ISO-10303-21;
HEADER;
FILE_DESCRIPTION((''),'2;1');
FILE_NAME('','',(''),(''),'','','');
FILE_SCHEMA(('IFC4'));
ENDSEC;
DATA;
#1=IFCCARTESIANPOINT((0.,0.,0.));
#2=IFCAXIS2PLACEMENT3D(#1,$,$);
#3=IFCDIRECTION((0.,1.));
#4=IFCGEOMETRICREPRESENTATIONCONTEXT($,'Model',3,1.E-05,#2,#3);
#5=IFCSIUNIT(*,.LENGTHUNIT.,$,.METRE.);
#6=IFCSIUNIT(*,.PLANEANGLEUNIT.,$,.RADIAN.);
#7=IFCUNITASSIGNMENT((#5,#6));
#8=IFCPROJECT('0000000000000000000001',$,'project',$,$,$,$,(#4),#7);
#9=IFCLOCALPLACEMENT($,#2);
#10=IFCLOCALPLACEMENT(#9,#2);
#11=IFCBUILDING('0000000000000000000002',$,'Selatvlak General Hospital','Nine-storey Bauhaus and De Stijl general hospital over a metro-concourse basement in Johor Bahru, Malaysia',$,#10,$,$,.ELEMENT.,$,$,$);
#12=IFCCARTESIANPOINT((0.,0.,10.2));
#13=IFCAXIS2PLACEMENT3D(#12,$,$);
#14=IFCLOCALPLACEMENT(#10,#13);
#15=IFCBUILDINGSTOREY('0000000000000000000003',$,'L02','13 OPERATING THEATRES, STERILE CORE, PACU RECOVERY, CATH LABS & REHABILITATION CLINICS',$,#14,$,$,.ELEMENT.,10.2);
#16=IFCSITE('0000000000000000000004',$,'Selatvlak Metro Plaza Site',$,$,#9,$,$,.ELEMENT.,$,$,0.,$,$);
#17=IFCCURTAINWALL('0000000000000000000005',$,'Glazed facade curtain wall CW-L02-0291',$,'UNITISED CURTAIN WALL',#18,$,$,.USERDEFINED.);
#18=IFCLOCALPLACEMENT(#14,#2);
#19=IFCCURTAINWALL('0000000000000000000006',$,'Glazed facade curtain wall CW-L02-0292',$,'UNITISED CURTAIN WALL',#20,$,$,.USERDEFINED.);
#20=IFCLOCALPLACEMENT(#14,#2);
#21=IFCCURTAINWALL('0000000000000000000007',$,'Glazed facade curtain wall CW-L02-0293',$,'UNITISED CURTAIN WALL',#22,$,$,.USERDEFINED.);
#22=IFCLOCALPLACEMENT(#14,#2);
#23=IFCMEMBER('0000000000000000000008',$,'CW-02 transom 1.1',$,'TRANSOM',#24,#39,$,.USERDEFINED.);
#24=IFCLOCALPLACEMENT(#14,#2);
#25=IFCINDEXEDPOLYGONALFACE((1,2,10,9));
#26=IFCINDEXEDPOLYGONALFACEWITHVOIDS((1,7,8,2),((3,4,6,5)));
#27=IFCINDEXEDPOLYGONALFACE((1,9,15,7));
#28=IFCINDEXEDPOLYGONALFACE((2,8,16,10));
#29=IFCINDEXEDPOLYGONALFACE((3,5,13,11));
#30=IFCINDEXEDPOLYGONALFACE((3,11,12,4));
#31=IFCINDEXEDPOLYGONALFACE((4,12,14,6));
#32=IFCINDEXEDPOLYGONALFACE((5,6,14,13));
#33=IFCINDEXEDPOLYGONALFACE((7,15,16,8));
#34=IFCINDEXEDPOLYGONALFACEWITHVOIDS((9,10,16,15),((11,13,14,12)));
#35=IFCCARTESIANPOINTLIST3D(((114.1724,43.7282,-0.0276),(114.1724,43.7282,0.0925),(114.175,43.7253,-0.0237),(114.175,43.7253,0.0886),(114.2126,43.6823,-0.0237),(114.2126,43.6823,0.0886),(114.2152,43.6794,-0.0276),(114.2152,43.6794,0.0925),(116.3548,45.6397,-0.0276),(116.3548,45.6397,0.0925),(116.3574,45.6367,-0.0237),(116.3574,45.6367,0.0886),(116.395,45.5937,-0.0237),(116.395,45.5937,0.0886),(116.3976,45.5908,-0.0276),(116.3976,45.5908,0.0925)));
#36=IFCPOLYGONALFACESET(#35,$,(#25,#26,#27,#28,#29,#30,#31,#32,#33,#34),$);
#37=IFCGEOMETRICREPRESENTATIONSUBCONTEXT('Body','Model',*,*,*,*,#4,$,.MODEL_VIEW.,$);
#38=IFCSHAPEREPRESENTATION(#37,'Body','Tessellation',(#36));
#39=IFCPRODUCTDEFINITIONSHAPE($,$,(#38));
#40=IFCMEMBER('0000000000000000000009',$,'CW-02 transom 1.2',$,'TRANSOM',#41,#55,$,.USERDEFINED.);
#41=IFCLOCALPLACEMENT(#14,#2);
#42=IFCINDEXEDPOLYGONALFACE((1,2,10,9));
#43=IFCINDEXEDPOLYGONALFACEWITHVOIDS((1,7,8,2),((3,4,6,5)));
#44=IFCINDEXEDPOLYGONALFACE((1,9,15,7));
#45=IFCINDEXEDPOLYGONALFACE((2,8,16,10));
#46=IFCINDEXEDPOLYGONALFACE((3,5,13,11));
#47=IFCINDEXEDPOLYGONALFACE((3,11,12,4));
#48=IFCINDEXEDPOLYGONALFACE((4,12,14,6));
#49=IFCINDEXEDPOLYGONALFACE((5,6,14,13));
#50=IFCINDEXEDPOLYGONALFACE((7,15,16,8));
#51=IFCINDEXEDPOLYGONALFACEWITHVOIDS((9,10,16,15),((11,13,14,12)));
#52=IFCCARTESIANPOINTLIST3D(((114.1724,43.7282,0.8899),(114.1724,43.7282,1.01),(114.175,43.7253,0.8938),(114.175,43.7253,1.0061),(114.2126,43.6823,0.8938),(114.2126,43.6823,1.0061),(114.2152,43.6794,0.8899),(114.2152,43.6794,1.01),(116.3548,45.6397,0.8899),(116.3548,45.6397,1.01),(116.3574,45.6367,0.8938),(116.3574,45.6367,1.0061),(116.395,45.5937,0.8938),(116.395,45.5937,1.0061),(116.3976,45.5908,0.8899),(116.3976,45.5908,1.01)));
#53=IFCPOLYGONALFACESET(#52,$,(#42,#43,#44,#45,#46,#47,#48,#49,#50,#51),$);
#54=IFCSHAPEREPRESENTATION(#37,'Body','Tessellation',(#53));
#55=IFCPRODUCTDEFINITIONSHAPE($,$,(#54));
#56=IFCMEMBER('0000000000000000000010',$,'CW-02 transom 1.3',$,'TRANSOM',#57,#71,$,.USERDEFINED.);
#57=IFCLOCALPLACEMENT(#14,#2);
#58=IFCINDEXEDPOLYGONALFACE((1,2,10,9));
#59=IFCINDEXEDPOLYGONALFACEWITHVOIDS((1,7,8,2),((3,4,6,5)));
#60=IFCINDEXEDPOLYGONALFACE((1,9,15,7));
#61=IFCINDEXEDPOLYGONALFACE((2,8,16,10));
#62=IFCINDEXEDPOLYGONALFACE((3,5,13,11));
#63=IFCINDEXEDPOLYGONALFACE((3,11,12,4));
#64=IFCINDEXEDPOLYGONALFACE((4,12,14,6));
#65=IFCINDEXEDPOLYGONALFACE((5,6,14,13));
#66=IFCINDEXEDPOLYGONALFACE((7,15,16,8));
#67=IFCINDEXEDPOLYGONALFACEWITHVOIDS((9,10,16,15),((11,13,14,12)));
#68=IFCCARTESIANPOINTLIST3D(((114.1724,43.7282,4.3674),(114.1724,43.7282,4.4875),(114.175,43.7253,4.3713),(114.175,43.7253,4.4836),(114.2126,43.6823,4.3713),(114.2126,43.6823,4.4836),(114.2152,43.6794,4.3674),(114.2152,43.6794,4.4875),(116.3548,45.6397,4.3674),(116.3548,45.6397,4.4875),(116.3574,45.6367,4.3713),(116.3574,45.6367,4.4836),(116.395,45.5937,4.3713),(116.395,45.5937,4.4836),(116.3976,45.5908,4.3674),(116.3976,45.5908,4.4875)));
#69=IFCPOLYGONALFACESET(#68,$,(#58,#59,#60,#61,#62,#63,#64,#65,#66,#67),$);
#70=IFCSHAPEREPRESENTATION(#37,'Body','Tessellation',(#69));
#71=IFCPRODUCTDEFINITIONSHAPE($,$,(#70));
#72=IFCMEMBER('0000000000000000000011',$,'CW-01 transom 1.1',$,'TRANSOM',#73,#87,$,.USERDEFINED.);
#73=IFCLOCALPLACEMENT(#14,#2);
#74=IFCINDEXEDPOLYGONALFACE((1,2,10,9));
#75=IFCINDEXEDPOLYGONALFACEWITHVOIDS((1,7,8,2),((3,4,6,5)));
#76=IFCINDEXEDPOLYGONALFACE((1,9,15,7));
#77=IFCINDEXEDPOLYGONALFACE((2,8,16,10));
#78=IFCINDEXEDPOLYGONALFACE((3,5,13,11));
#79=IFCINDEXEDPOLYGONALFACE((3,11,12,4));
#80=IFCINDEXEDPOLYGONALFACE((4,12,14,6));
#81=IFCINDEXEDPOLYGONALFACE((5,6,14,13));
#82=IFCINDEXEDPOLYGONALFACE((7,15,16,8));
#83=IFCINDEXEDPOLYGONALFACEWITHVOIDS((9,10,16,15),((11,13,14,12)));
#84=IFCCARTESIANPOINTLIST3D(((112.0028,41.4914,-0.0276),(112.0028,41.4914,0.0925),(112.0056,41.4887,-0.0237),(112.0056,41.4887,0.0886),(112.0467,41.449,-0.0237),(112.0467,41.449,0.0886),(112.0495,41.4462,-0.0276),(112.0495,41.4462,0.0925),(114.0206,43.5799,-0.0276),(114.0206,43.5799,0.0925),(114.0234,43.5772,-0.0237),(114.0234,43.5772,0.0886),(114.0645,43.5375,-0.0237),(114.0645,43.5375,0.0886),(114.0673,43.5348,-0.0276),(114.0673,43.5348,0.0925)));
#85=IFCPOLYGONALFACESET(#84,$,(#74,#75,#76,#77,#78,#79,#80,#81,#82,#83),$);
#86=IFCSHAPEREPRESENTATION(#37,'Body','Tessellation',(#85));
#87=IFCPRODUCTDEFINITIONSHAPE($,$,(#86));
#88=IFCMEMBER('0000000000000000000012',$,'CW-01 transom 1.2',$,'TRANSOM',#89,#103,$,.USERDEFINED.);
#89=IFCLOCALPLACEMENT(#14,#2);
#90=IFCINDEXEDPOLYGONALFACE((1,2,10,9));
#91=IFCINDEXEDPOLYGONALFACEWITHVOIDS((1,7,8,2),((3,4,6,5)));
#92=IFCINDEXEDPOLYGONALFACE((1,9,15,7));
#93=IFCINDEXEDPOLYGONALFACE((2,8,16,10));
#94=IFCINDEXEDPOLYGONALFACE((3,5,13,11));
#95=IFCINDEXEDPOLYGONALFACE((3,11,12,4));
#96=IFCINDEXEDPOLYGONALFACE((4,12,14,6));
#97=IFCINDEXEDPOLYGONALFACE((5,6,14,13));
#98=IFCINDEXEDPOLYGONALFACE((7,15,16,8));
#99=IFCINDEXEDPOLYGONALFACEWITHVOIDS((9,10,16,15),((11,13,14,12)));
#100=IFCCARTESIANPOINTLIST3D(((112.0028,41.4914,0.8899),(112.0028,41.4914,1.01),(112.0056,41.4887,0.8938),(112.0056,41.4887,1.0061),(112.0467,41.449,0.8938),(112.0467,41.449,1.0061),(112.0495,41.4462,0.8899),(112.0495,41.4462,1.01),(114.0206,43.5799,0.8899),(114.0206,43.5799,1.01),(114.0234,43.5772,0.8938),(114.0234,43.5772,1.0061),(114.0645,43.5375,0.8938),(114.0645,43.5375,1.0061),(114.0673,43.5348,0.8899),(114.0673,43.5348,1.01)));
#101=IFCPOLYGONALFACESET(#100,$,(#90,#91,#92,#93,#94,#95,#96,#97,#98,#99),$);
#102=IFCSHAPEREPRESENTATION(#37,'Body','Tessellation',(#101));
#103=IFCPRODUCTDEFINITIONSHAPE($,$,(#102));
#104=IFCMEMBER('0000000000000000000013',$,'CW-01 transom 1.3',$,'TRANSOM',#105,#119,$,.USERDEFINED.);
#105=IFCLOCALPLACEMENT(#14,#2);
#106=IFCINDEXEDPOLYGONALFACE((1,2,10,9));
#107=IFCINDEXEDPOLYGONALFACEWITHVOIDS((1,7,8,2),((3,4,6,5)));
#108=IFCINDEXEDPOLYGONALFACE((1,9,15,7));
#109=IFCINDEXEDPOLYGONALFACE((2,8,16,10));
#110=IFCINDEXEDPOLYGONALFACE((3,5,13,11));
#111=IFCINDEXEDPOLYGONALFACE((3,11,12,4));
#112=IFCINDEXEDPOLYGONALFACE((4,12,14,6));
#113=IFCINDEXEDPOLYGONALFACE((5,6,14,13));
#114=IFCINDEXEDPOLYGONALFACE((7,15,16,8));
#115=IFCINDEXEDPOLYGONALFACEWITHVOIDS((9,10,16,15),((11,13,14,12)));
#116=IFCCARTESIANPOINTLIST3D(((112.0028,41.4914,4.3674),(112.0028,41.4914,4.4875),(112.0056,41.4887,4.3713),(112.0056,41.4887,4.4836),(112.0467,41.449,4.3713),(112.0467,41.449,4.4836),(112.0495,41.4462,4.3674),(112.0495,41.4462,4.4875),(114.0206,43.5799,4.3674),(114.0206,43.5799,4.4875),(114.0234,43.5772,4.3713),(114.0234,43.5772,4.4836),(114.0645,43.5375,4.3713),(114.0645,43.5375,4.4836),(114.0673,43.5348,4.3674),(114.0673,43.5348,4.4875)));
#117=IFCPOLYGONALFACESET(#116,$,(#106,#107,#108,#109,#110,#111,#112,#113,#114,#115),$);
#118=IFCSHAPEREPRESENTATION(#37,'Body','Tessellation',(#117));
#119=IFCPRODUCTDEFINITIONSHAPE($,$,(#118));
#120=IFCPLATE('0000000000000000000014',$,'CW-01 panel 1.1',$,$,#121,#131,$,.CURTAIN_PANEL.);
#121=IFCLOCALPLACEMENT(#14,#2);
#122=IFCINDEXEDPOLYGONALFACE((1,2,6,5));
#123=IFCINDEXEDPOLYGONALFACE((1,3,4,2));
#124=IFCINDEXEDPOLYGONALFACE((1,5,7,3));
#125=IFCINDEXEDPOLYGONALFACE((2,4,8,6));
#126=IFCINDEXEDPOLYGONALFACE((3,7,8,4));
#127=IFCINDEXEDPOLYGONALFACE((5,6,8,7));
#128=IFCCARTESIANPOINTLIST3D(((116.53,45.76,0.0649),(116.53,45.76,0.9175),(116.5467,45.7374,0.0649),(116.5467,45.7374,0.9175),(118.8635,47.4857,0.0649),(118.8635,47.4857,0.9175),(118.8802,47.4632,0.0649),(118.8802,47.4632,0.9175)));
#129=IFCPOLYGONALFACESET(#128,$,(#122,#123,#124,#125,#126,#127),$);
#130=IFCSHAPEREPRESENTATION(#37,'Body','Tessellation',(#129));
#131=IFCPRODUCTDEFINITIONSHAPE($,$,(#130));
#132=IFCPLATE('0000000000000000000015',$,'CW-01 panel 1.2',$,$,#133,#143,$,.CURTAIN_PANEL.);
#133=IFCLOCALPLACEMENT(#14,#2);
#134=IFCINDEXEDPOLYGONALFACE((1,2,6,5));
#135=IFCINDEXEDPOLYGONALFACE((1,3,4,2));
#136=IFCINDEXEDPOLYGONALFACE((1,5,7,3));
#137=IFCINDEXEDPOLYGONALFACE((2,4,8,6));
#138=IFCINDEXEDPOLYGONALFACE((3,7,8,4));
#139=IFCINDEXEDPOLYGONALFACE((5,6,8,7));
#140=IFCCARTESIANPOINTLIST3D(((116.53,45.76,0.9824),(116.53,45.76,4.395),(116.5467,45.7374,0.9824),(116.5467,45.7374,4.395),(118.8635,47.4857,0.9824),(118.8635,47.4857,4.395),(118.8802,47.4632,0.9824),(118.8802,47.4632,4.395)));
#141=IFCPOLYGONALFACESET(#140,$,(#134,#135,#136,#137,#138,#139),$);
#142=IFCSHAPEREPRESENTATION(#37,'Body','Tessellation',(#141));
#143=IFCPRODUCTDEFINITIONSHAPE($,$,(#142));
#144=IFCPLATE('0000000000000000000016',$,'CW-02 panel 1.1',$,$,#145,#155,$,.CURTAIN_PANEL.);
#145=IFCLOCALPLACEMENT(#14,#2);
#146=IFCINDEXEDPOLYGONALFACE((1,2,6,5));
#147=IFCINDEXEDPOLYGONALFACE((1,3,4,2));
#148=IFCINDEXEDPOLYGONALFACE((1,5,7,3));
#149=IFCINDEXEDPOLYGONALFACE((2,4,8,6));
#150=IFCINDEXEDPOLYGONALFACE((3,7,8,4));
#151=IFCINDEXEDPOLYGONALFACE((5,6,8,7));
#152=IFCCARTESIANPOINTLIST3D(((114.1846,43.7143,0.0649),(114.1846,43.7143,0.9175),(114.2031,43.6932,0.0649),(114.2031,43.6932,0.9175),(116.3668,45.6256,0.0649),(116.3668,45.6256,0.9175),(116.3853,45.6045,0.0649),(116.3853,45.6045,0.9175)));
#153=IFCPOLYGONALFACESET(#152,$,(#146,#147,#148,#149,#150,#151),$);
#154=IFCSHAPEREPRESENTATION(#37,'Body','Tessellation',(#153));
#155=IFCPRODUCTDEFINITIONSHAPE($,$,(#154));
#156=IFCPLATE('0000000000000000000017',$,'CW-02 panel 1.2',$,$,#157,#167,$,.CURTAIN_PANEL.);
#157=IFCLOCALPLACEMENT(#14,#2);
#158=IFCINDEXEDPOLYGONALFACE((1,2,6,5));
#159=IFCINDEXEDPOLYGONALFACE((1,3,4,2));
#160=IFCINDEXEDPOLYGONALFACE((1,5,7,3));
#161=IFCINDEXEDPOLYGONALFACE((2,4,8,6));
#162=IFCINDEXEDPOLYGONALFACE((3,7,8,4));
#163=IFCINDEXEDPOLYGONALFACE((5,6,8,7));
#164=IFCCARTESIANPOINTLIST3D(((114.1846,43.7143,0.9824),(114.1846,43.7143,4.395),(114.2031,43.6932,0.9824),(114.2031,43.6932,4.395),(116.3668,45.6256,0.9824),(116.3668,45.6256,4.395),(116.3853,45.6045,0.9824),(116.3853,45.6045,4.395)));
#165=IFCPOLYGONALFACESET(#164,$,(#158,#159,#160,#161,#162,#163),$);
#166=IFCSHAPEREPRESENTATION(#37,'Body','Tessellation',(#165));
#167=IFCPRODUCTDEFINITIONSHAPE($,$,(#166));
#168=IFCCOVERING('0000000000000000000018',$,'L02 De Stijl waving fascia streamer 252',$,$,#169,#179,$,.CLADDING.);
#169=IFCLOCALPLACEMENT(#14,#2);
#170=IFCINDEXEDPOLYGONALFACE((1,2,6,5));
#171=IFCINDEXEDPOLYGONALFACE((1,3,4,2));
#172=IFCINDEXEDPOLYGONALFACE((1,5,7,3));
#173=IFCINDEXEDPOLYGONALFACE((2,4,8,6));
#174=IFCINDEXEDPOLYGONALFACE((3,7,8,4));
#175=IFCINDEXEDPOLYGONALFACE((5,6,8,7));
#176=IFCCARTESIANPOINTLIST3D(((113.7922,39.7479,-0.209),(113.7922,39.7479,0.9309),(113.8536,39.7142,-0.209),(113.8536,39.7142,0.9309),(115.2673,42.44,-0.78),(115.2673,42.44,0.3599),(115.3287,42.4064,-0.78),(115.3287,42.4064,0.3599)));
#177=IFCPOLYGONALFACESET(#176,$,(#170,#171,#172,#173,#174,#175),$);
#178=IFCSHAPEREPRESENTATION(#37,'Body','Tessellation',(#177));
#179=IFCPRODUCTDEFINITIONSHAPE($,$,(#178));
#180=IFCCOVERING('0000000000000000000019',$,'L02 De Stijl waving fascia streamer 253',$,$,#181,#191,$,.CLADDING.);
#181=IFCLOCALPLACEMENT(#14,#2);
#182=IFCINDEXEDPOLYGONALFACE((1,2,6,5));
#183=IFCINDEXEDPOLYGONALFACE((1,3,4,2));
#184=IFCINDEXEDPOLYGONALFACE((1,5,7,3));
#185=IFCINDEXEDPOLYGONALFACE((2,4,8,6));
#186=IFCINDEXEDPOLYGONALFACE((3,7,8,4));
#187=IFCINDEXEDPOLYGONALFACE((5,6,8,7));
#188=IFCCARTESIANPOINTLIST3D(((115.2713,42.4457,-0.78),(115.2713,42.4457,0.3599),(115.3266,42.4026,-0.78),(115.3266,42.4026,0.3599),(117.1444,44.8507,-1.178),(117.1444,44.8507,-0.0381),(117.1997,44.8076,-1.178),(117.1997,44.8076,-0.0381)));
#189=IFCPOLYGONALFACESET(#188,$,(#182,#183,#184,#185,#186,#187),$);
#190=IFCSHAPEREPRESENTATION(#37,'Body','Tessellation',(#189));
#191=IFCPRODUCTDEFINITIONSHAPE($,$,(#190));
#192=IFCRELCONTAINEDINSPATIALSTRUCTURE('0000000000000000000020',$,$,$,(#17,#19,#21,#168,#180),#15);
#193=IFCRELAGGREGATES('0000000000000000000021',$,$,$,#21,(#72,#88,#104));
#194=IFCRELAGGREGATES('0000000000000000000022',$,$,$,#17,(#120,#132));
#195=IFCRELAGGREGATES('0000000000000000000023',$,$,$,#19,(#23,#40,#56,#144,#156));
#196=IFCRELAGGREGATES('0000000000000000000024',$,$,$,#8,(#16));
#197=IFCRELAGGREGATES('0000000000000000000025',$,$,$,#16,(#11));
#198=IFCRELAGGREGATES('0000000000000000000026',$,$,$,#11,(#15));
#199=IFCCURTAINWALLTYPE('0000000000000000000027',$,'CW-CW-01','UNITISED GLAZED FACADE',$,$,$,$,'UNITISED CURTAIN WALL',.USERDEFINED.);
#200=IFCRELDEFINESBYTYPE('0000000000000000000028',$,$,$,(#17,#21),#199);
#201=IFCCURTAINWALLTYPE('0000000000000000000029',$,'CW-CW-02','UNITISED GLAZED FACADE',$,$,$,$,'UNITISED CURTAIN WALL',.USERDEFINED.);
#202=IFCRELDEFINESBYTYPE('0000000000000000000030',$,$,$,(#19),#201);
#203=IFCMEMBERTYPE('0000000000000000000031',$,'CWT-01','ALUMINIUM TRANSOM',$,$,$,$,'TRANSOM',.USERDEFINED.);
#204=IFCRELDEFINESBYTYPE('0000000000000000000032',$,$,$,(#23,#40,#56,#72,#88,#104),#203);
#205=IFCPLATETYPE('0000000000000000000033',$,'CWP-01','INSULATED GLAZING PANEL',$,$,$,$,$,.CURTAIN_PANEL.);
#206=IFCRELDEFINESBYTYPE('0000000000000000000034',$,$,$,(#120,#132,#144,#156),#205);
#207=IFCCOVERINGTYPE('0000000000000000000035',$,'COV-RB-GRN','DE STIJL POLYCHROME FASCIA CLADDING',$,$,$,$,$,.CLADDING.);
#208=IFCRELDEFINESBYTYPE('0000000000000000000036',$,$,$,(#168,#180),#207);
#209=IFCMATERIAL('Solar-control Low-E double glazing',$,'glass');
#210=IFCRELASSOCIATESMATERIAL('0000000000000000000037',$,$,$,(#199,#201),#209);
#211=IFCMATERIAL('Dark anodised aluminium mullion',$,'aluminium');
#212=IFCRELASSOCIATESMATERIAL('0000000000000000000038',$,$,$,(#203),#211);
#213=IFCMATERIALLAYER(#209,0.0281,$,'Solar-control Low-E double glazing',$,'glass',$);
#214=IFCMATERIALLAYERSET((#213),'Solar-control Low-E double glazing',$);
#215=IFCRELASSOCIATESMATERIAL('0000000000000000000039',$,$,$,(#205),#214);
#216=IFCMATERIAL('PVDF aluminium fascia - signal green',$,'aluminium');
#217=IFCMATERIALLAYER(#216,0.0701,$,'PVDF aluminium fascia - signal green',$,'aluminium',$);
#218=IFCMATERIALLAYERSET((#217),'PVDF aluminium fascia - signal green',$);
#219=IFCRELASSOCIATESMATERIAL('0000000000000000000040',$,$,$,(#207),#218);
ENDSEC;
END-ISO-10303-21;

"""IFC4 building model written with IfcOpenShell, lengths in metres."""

from ifc_helpers import new_model, si_unit, direction, frame, origin, origin_2d, place, context, subcontext, project, spatial, polyline, rectangle, hollow_rectangle, outline, extrude, material, layer, layer_set, material_profile, profile_set, type_object, element, aggregate, save


model = new_model("IFC4")

# Units and contexts
model_context = context("Model", 3, precision=1e-05, world=origin(), true_north=direction((0.0, 1.0)))
body_context = subcontext(model_context, "Body", "Model", "MODEL_VIEW")
ifc_project = project(units=[si_unit("LENGTHUNIT", "METRE"), si_unit("PLANEANGLEUNIT", "RADIAN")], contexts=[model_context])

# Site, building, storey
site_placement = place(None, origin())
site = spatial("IfcSite", under=ifc_project, at=site_placement, Name="Selatvlak Metro Plaza Site", CompositionType="ELEMENT", RefElevation=0.0)
building_placement = place(site_placement, origin())
building = spatial("IfcBuilding", under=site, at=building_placement, Name="Selatvlak General Hospital", Description="Nine-storey Bauhaus and De Stijl general hospital over a metro-concourse basement in Johor Bahru, Malaysia", CompositionType="ELEMENT")
storey_placement = place(building_placement, frame((0.0, 0.0, 10.2)))
storey = spatial("IfcBuildingStorey", under=building, at=storey_placement, Name="L02", Description="13 OPERATING THEATRES, STERILE CORE, PACU RECOVERY, CATH LABS & REHABILITATION CLINICS", CompositionType="ELEMENT", Elevation=10.2)

# Curtain walls
ifc_material_1 = material(Name="Solar-control Low-E double glazing", Category="glass")
curtain_wall_type_1 = type_object("IfcCurtainWallType", Name="CW-CW-01", Description="UNITISED GLAZED FACADE", ElementType="UNITISED CURTAIN WALL", PredefinedType="USERDEFINED", material=ifc_material_1)
curtain_wall_1_placement = place(storey_placement, origin())
curtain_wall_1 = element("IfcCurtainWall", 1, at=curtain_wall_1_placement, inside=storey, type_object=curtain_wall_type_1, Name="Glazed facade curtain wall CW-L02-0291", ObjectType="UNITISED CURTAIN WALL", PredefinedType="USERDEFINED")
ifc_material_2 = material(Name="Dark anodised aluminium mullion", Category="aluminium")
curtain_wall_type_2 = type_object("IfcCurtainWallType", Name="CW-CW-02", Description="UNITISED GLAZED FACADE", ElementType="UNITISED CURTAIN WALL", PredefinedType="USERDEFINED", material=ifc_material_1)
curtain_wall_2_placement = place(storey_placement, origin())
curtain_wall_2 = element("IfcCurtainWall", 2, at=curtain_wall_2_placement, inside=storey, type_object=curtain_wall_type_2, Name="Glazed facade curtain wall CW-L02-0292", ObjectType="UNITISED CURTAIN WALL", PredefinedType="USERDEFINED")

# Curtain wall
curtain_wall_3_placement = place(storey_placement, origin())
curtain_wall_3 = element("IfcCurtainWall", 3, at=curtain_wall_3_placement, inside=storey, type_object=curtain_wall_type_1, Name="Glazed facade curtain wall CW-L02-0293", ObjectType="UNITISED CURTAIN WALL", PredefinedType="USERDEFINED")

# Members
ifc_material_profile_1 = material_profile(ifc_material_2, hollow_rectangle(XDim=0.0649, YDim=0.1201, WallThickness=0.0039, at=origin_2d()), Name="AL-TRN 65x120x4")
ifc_profile_set_1 = profile_set([ifc_material_profile_1], Name="Dark anodised aluminium mullion")
member_type_1 = type_object("IfcMemberType", Name="CWT-01", Description="ALUMINIUM TRANSOM", ElementType="TRANSOM", PredefinedType="USERDEFINED", material=ifc_profile_set_1)
member_1_placement = place(storey_placement, frame((116.3762, 45.6152, 0.0325), z_axis=(-0.752269, -0.658856, 0.0), x_axis=(0.658856, -0.752269, 0.0)))
member_1 = element("IfcMember", 4, at=member_1_placement, type_object=member_type_1, Name="CW-02 transom 1.1", ObjectType="TRANSOM", PredefinedType="USERDEFINED", context=body_context, shape_type="SweptSolid", body=[
    extrude(hollow_rectangle(XDim=0.0649, YDim=0.1201, WallThickness=0.0039, at=origin_2d()), origin(), (0.0, 0.0, 1.0), 2.9011),
])
member_2_placement = place(storey_placement, frame((116.3762, 45.6152, 0.95), z_axis=(-0.752269, -0.658856, 0.0), x_axis=(0.658856, -0.752269, 0.0)))
member_2 = element("IfcMember", 5, at=member_2_placement, type_object=member_type_1, Name="CW-02 transom 1.2", ObjectType="TRANSOM", PredefinedType="USERDEFINED", context=body_context, shape_type="SweptSolid", body=[
    extrude(hollow_rectangle(XDim=0.0649, YDim=0.1201, WallThickness=0.0039, at=origin_2d()), origin(), (0.0, 0.0, 1.0), 2.9011),
])
member_3_placement = place(storey_placement, frame((116.3762, 45.6152, 4.4275), z_axis=(-0.752269, -0.658856, 0.0), x_axis=(0.658856, -0.752269, 0.0)))
member_3 = element("IfcMember", 6, at=member_3_placement, type_object=member_type_1, Name="CW-02 transom 1.3", ObjectType="TRANSOM", PredefinedType="USERDEFINED", context=body_context, shape_type="SweptSolid", body=[
    extrude(hollow_rectangle(XDim=0.0649, YDim=0.1201, WallThickness=0.0039, at=origin_2d()), origin(), (0.0, 0.0, 1.0), 2.9011),
])
member_4_placement = place(storey_placement, frame((114.0439, 43.5574, 0.0325), z_axis=(-0.694812, -0.719191, 0.0), x_axis=(0.719191, -0.694812, 0.0)))
member_4 = element("IfcMember", 7, at=member_4_placement, type_object=member_type_1, Name="CW-01 transom 1.1", ObjectType="TRANSOM", PredefinedType="USERDEFINED", context=body_context, shape_type="SweptSolid", body=[
    extrude(hollow_rectangle(XDim=0.0649, YDim=0.1201, WallThickness=0.0039, at=origin_2d()), origin(), (0.0, 0.0, 1.0), 2.9041),
])
member_5_placement = place(storey_placement, frame((114.0439, 43.5574, 0.95), z_axis=(-0.694812, -0.719191, 0.0), x_axis=(0.719191, -0.694812, 0.0)))
member_5 = element("IfcMember", 8, at=member_5_placement, type_object=member_type_1, Name="CW-01 transom 1.2", ObjectType="TRANSOM", PredefinedType="USERDEFINED", context=body_context, shape_type="SweptSolid", body=[
    extrude(hollow_rectangle(XDim=0.0649, YDim=0.1201, WallThickness=0.0039, at=origin_2d()), origin(), (0.0, 0.0, 1.0), 2.9041),
])
member_6_placement = place(storey_placement, frame((114.0439, 43.5574, 4.4275), z_axis=(-0.694812, -0.719191, 0.0), x_axis=(0.719191, -0.694812, 0.0)))
member_6 = element("IfcMember", 9, at=member_6_placement, type_object=member_type_1, Name="CW-01 transom 1.3", ObjectType="TRANSOM", PredefinedType="USERDEFINED", context=body_context, shape_type="SweptSolid", body=[
    extrude(hollow_rectangle(XDim=0.0649, YDim=0.1201, WallThickness=0.0039, at=origin_2d()), origin(), (0.0, 0.0, 1.0), 2.9041),
])
aggregate(curtain_wall_3, [member_4, member_5, member_6])

# Plates
ifc_layer_1 = layer(ifc_material_1, 0.0281, Name="Solar-control Low-E double glazing", Category="glass")
ifc_layer_set_1 = layer_set([ifc_layer_1], Name="Solar-control Low-E double glazing")
plate_type = type_object("IfcPlateType", Name="CWP-01", Description="INSULATED GLAZING PANEL", PredefinedType="CURTAIN_PANEL", material=ifc_layer_set_1)
plate_1_placement = place(storey_placement, frame((117.7051, 46.6116, 0.0649), z_axis=(0.0, 0.0, 1.0), x_axis=(-0.804018, -0.594604, 0.0)))
plate_1 = element("IfcPlate", 10, at=plate_1_placement, type_object=plate_type, Name="CW-01 panel 1.1", PredefinedType="CURTAIN_PANEL", context=body_context, shape_type="SweptSolid", body=[
    extrude(rectangle(XDim=2.9023, YDim=0.0281, at=origin_2d()), origin(), (0.0, 0.0, 1.0), 0.8525),
])
plate_2_placement = place(storey_placement, frame((117.7051, 46.6116, 0.9824), z_axis=(0.0, 0.0, 1.0), x_axis=(-0.804018, -0.594604, 0.0)))
plate_2 = element("IfcPlate", 11, at=plate_2_placement, type_object=plate_type, Name="CW-01 panel 1.2", PredefinedType="CURTAIN_PANEL", context=body_context, shape_type="SweptSolid", body=[
    extrude(rectangle(XDim=2.9023, YDim=0.0281, at=origin_2d()), origin(), (0.0, 0.0, 1.0), 3.4126),
])
aggregate(curtain_wall_1, [plate_1, plate_2])
plate_3_placement = place(storey_placement, frame((115.2849, 44.6594, 0.0649), z_axis=(0.0, 0.0, 1.0), x_axis=(-0.75225, -0.658878, 0.0)))
plate_3 = element("IfcPlate", 12, at=plate_3_placement, type_object=plate_type, Name="CW-02 panel 1.1", PredefinedType="CURTAIN_PANEL", context=body_context, shape_type="SweptSolid", body=[
    extrude(rectangle(XDim=2.9009, YDim=0.0281, at=origin_2d()), origin(), (0.0, 0.0, 1.0), 0.8525),
])
plate_4_placement = place(storey_placement, frame((115.2849, 44.6594, 0.9824), z_axis=(0.0, 0.0, 1.0), x_axis=(-0.75225, -0.658878, 0.0)))
plate_4 = element("IfcPlate", 13, at=plate_4_placement, type_object=plate_type, Name="CW-02 panel 1.2", PredefinedType="CURTAIN_PANEL", context=body_context, shape_type="SweptSolid", body=[
    extrude(rectangle(XDim=2.9009, YDim=0.0281, at=origin_2d()), origin(), (0.0, 0.0, 1.0), 3.4126),
])
aggregate(curtain_wall_2, [member_1, member_2, member_3, plate_3, plate_4])

# Coverings
ifc_material_3 = material(Name="PVDF aluminium fascia - signal green", Category="aluminium")
ifc_layer_2 = layer(ifc_material_3, 0.0701, Name="PVDF aluminium fascia - signal green", Category="aluminium")
ifc_layer_set_2 = layer_set([ifc_layer_2], Name="PVDF aluminium fascia - signal green")
covering_type = type_object("IfcCoveringType", Name="COV-RB-GRN", Description="DE STIJL POLYCHROME FASCIA CLADDING", PredefinedType="CLADDING", material=ifc_layer_set_2)
covering_1_placement = place(storey_placement, frame((113.823, 39.731, -0.209), z_axis=(0.0, 0.0, 1.0), x_axis=(0.480523, 0.876982, 0.0)))
element("IfcCovering", 14, at=covering_1_placement, inside=storey, type_object=covering_type, Name="L02 De Stijl waving fascia streamer 252", PredefinedType="CLADDING", context=body_context, shape_type="SweptSolid", body=[
    extrude(outline(polyline([(0.0, 0.0), (3.0698, -0.571), (3.0698, 0.5688), (0.0, 1.1399), (0.0, 0.0)])), frame((0.0, 0.0352, 0.0), z_axis=(0.0, -1.0, 0.0), x_axis=(1.0, 0.0, 0.0)), (0.0, 0.0, 1.0), 0.0701),
])
covering_2_placement = place(storey_placement, frame((115.2991, 42.4241, -0.78), z_axis=(0.0, 0.0, 1.0), x_axis=(0.614445, 0.78896, 0.0)))
element("IfcCovering", 15, at=covering_2_placement, inside=storey, type_object=covering_type, Name="L02 De Stijl waving fascia streamer 253", PredefinedType="CLADDING", context=body_context, shape_type="SweptSolid", body=[
    extrude(outline(polyline([(0.0, 0.0), (3.0483, -0.3979), (3.0483, 0.7419), (0.0, 1.1399), (0.0, 0.0)])), frame((0.0, 0.0352, 0.0), z_axis=(0.0, -1.0, 0.0), x_axis=(1.0, 0.0, 0.0)), (0.0, 0.0, 1.0), 0.0701),
])

save(model, "model.ifc")
